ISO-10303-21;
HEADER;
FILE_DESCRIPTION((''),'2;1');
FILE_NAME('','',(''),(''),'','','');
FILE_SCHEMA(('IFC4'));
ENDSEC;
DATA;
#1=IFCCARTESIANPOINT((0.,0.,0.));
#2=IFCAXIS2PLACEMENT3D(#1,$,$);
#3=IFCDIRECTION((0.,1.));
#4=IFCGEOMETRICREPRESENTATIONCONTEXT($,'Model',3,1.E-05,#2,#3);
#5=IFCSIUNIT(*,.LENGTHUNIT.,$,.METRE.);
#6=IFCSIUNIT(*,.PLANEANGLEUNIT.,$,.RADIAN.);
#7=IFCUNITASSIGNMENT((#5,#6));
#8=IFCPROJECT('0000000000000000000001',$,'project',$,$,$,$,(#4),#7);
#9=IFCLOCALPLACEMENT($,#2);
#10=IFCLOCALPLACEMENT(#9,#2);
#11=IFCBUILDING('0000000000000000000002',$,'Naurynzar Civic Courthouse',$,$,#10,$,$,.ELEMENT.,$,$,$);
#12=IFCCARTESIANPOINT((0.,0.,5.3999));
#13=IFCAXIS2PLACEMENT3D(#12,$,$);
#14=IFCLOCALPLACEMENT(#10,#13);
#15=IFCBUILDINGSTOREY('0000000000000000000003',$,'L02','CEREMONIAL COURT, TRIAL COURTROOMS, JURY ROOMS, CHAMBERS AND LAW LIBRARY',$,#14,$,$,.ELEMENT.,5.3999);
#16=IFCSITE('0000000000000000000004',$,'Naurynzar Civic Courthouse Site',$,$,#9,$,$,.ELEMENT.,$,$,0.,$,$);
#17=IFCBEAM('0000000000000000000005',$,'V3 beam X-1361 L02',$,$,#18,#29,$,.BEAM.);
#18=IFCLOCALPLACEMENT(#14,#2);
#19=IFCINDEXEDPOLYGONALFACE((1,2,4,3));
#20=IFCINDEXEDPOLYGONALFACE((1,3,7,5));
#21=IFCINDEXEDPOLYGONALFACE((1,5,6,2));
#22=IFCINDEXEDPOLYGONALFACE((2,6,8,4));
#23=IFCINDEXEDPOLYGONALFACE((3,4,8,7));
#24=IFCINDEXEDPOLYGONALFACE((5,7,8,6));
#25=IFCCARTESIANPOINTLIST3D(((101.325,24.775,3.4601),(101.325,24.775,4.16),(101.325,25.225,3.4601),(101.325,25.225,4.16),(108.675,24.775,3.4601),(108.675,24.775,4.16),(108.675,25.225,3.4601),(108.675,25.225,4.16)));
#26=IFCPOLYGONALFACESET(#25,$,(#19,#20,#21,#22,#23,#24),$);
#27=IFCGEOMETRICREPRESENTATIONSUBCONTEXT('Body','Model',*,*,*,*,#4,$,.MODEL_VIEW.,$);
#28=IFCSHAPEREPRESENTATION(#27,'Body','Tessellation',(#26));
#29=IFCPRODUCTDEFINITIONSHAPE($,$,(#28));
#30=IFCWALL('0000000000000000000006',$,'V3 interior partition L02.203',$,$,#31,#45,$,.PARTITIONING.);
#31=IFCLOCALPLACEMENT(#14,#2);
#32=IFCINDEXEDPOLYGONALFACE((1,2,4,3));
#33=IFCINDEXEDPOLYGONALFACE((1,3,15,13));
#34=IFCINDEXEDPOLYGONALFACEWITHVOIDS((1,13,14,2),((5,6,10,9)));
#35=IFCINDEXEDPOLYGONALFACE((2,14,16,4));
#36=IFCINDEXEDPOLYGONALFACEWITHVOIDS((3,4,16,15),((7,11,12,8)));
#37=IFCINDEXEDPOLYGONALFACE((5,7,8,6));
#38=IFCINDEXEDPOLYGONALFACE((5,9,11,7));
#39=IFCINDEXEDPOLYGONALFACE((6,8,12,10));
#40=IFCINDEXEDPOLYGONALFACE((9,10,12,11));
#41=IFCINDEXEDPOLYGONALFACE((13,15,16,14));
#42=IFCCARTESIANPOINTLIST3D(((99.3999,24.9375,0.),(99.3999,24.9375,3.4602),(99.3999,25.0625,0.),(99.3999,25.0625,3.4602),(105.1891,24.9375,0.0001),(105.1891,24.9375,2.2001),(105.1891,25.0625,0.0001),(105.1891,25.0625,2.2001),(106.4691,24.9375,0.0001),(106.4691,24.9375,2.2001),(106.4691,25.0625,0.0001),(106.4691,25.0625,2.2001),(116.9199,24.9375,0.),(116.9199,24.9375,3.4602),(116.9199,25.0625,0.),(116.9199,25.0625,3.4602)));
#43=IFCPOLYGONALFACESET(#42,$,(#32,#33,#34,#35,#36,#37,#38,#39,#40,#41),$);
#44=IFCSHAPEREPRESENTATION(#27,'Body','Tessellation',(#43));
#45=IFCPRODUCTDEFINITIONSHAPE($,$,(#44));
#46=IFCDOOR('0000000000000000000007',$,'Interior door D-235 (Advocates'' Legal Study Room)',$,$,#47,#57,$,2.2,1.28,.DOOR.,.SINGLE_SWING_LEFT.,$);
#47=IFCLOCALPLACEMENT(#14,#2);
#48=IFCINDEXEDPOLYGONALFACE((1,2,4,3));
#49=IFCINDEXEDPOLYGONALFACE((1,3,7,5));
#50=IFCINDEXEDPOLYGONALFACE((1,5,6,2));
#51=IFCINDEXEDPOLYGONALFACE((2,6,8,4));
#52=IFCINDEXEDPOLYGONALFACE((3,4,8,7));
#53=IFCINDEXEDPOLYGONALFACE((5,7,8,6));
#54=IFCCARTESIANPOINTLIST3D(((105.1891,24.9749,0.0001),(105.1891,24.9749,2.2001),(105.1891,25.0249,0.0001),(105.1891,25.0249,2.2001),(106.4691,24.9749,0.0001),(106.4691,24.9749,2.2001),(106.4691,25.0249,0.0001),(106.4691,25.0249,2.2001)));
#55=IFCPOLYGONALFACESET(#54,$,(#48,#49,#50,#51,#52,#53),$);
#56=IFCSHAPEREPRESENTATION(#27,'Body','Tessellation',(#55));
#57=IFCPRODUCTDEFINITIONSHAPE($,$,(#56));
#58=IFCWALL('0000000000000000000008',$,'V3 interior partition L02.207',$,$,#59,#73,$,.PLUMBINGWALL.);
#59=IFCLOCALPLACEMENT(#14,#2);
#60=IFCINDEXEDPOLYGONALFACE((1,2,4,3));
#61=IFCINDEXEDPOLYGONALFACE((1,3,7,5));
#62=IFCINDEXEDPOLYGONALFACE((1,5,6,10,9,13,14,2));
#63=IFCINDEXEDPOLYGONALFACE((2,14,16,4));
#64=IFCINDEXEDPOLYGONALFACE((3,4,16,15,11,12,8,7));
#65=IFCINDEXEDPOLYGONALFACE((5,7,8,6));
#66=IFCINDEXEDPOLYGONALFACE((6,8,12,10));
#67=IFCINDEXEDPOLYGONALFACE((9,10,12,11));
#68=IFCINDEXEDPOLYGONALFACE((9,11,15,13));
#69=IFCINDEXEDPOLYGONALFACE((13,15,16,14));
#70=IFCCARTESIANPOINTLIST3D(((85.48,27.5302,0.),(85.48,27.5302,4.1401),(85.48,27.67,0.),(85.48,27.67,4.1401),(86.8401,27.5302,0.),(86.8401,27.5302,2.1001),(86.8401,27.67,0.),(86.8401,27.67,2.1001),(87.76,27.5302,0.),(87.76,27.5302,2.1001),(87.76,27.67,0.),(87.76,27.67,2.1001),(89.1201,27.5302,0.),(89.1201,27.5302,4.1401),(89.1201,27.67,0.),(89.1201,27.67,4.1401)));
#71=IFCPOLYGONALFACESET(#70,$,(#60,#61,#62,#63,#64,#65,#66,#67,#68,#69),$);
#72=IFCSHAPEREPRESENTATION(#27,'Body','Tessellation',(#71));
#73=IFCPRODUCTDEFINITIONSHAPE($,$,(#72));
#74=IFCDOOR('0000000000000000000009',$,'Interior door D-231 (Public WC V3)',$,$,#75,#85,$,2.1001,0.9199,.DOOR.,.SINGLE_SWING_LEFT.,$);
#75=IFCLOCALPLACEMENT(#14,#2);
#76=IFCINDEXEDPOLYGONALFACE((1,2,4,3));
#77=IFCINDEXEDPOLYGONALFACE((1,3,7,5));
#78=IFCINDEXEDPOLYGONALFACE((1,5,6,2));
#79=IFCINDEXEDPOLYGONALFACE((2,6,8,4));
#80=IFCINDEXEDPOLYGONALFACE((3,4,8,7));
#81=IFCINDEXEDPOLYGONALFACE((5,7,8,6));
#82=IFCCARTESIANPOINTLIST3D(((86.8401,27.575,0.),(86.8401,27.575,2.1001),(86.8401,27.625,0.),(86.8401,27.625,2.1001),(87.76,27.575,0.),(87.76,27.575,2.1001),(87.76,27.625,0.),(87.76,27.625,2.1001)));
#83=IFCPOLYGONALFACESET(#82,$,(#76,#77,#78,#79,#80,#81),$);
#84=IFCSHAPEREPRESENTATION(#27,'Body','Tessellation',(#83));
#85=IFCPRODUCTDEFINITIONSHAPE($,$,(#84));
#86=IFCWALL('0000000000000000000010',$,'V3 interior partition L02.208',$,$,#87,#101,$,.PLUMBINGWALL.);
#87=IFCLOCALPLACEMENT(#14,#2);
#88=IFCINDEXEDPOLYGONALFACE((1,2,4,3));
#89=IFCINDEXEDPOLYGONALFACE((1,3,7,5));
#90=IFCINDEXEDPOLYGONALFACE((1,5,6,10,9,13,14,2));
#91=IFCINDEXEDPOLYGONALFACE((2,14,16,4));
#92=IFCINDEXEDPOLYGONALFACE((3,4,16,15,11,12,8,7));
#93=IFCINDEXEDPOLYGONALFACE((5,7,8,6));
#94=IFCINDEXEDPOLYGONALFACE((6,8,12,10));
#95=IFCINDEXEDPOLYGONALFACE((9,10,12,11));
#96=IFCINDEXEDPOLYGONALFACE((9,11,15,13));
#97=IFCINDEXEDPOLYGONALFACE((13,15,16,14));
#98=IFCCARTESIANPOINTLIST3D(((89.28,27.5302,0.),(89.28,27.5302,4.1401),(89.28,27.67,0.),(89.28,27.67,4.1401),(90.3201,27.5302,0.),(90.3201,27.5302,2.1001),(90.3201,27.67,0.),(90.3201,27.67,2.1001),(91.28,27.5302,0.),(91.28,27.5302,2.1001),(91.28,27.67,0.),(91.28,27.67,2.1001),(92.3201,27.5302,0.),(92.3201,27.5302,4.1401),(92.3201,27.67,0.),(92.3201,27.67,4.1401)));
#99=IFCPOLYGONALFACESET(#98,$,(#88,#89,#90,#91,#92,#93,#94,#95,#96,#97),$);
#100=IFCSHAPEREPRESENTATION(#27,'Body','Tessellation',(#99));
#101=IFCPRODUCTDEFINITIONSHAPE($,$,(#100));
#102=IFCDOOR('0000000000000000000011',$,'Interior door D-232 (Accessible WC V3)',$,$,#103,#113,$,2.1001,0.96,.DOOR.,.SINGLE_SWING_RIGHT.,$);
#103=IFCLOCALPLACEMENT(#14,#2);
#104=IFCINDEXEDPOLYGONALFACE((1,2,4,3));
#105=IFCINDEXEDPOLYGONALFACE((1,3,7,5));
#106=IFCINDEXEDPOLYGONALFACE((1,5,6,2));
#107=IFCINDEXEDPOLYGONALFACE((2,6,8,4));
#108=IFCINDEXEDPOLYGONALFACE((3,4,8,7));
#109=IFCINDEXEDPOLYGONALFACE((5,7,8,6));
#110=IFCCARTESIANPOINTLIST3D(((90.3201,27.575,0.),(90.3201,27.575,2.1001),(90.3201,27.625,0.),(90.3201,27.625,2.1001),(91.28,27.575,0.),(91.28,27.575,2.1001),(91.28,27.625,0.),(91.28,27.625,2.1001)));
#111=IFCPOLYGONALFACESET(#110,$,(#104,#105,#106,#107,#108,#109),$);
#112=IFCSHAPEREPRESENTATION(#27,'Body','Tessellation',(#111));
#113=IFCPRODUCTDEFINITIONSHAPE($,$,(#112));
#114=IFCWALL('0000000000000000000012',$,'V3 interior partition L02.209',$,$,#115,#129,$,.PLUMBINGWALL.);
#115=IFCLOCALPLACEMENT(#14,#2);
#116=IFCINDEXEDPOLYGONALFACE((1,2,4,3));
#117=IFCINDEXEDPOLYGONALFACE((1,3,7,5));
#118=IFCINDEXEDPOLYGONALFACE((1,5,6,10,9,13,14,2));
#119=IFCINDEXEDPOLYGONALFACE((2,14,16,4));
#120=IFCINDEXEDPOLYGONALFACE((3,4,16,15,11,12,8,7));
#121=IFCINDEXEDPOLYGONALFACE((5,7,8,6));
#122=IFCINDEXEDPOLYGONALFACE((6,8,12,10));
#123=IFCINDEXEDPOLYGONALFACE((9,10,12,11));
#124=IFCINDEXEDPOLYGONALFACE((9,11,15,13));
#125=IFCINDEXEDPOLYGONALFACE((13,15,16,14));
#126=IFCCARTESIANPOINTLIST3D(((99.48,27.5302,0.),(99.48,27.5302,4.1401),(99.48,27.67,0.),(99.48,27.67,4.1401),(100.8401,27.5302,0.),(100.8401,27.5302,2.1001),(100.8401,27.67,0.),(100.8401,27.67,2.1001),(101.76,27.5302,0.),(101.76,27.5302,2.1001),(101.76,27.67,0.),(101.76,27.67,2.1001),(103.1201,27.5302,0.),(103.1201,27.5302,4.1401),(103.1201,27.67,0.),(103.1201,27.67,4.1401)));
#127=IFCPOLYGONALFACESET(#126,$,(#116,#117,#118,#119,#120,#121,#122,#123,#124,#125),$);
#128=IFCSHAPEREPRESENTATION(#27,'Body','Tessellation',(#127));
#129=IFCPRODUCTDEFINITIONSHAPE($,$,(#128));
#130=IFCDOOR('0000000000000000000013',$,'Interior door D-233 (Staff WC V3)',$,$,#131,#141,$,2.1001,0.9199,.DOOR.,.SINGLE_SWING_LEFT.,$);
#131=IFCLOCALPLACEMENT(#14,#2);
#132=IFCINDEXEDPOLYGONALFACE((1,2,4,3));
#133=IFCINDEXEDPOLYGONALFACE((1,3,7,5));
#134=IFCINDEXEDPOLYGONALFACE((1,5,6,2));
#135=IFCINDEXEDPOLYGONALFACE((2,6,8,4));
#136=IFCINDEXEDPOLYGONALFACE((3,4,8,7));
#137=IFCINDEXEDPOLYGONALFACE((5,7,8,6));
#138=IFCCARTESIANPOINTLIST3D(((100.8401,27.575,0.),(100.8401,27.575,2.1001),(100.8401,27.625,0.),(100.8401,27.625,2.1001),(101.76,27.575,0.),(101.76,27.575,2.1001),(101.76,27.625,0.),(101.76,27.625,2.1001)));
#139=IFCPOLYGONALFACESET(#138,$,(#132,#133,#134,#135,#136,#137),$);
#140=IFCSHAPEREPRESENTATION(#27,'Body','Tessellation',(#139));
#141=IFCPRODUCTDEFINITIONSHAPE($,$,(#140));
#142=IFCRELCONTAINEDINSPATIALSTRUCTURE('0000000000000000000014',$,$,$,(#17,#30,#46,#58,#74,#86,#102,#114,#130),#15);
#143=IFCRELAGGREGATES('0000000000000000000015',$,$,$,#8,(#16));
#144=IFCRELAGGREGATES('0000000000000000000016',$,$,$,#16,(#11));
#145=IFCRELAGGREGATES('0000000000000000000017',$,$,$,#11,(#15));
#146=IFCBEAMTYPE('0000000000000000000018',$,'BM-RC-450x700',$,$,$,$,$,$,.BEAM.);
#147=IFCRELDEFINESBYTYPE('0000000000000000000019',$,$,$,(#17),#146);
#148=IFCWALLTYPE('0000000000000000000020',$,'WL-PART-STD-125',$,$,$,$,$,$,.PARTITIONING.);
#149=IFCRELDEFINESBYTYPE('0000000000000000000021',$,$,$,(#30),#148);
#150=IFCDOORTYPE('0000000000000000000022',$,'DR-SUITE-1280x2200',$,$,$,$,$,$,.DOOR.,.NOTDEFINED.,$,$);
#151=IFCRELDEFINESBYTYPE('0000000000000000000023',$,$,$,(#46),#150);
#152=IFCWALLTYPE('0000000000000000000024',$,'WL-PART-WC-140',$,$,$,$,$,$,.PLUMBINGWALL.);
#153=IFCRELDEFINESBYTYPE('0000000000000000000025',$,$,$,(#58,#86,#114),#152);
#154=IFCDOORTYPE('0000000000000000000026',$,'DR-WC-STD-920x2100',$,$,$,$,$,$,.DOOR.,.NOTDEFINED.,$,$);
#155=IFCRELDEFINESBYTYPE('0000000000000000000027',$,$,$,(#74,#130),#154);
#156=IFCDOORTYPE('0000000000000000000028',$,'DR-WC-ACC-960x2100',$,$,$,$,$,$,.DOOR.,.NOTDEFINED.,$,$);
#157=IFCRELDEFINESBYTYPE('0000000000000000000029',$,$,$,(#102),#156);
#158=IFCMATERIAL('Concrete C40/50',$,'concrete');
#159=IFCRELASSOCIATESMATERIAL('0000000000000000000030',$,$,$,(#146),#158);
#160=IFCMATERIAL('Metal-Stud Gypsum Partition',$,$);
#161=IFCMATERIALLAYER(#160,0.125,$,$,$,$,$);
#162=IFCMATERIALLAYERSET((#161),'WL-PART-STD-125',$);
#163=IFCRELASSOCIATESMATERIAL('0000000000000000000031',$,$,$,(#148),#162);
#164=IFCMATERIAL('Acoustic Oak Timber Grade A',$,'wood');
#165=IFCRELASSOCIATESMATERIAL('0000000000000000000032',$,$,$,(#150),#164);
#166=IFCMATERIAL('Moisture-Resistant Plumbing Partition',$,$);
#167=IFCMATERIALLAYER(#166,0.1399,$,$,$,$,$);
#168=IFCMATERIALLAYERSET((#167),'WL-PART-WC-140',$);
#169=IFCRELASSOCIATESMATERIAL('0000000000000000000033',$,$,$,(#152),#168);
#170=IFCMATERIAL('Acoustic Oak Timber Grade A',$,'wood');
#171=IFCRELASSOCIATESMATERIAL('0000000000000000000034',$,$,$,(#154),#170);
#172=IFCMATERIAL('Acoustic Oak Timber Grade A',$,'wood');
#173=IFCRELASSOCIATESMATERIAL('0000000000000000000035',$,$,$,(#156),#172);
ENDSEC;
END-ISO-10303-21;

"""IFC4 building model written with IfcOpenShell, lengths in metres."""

from ifc_helpers import new_model, si_unit, direction, frame, frame_2d, origin, origin_2d, place, context, subcontext, project, spatial, rectangle, extrude, material, layer, layer_set, material_profile, profile_set, type_object, element, fill, save


model = new_model("IFC4")

# Units and contexts
model_context = context("Model", 3, precision=1e-05, world=origin(), true_north=direction((0.0, 1.0)))
body_context = subcontext(model_context, "Body", "Model", "MODEL_VIEW")
ifc_project = project(units=[si_unit("LENGTHUNIT", "METRE"), si_unit("PLANEANGLEUNIT", "RADIAN")], contexts=[model_context])

# Site, building, storey
site_placement = place(None, origin())
site = spatial("IfcSite", under=ifc_project, at=site_placement, Name="Naurynzar Civic Courthouse Site", CompositionType="ELEMENT", RefElevation=0.0)
building_placement = place(site_placement, origin())
building = spatial("IfcBuilding", under=site, at=building_placement, Name="Naurynzar Civic Courthouse", CompositionType="ELEMENT")
storey_placement = place(building_placement, frame((0.0, 0.0, 5.3999)))
storey = spatial("IfcBuildingStorey", under=building, at=storey_placement, Name="L02", Description="CEREMONIAL COURT, TRIAL COURTROOMS, JURY ROOMS, CHAMBERS AND LAW LIBRARY", CompositionType="ELEMENT", Elevation=5.3999)

# Beam
ifc_material_1 = material(Name="Concrete C40/50", Category="concrete")
ifc_material_profile_1 = material_profile(ifc_material_1, rectangle(XDim=0.45, YDim=0.7, at=origin_2d()), Name="RCB 450x700")
ifc_profile_set_1 = profile_set([ifc_material_profile_1], Name="Concrete C40/50")
beam_type_1 = type_object("IfcBeamType", Name="BM-RC-450x700", PredefinedType="BEAM", material=ifc_profile_set_1)
for number, where, z_axis, x_axis, name in (
    (1, (101.325, 25.0, 3.8101), (1.0, 0.0, 0.0), (0.0, 1.0, 0.0), "V3 beam X-1361 L02"),
):
    element("IfcBeam", number, at=place(storey_placement, frame(where, z_axis=z_axis, x_axis=x_axis)), inside=storey, type_object=beam_type_1, Name=name, PredefinedType="BEAM", context=body_context, shape_type="SweptSolid", body=[
        extrude(rectangle(XDim=0.45, YDim=0.7, at=origin_2d()), origin(), (0.0, 0.0, 1.0), 7.3501),
    ])

# Walls, openings, doors
ifc_material_2 = material(Name="Metal-Stud Gypsum Partition")
ifc_layer_1 = layer(ifc_material_2, 0.125)
ifc_layer_set_1 = layer_set([ifc_layer_1], Name="WL-PART-STD-125")
wall_type_1 = type_object("IfcWallType", Name="WL-PART-STD-125", PredefinedType="PARTITIONING", material=ifc_layer_set_1)
wall_1_placement = place(storey_placement, frame((99.3999, 25.0, 0.0), z_axis=(0.0, 0.0, 1.0), x_axis=(1.0, 0.0, 0.0)))
wall_1 = element("IfcWall", 2, at=wall_1_placement, inside=storey, type_object=wall_type_1, Name="V3 interior partition L02.203", PredefinedType="PARTITIONING", context=body_context, shape_type="SweptSolid", body=[
    extrude(rectangle(XDim=17.52, YDim=0.125, at=frame_2d((8.76, 0.0))), origin(), (0.0, 0.0, 1.0), 3.4602),
])
opening_1_placement = place(wall_1_placement, frame((5.7891, 0.0, 0.0)))
opening_1 = element("IfcOpeningElement", 3, at=opening_1_placement, cuts=wall_1, PredefinedType="OPENING", context=body_context, shape_type="SweptSolid", body=[
    extrude(rectangle(XDim=1.28, YDim=2.2, at=frame_2d((0.6401, 1.1001))), frame((0.0, 0.0725, 0.0), z_axis=(0.0, -1.0, 0.0), x_axis=(1.0, 0.0, 0.0)), (0.0, 0.0, 1.0), 0.145),
])
ifc_material_3 = material(Name="Acoustic Oak Timber Grade A", Category="wood")
door_type_1 = type_object("IfcDoorType", Name="DR-SUITE-1280x2200", OperationType="NOTDEFINED", PredefinedType="DOOR", material=ifc_material_3)
door_1_placement = place(opening_1_placement, origin())
door_1 = element("IfcDoor", 4, at=door_1_placement, inside=storey, type_object=door_type_1, Name="Interior door D-235 (Advocates' Legal Study Room)", OperationType="SINGLE_SWING_LEFT", OverallHeight=2.2, OverallWidth=1.28, PredefinedType="DOOR", context=body_context, shape_type="SweptSolid", body=[
    extrude(rectangle(XDim=1.28, YDim=2.2, at=frame_2d((0.6401, 1.1001))), frame((0.0, 0.0249, 0.0), z_axis=(0.0, -1.0, 0.0), x_axis=(1.0, 0.0, 0.0)), (0.0, 0.0, 1.0), 0.05),
])
fill(opening_1, door_1)
ifc_material_4 = material(Name="Moisture-Resistant Plumbing Partition")
ifc_layer_2 = layer(ifc_material_4, 0.1399)
ifc_layer_set_2 = layer_set([ifc_layer_2], Name="WL-PART-WC-140")
wall_type_2 = type_object("IfcWallType", Name="WL-PART-WC-140", PredefinedType="PLUMBINGWALL", material=ifc_layer_set_2)
wall_2_placement = place(storey_placement, frame((85.48, 27.6001, 0.0), z_axis=(0.0, 0.0, 1.0), x_axis=(1.0, 0.0, 0.0)))
wall_2 = element("IfcWall", 5, at=wall_2_placement, inside=storey, type_object=wall_type_2, Name="V3 interior partition L02.207", PredefinedType="PLUMBINGWALL", context=body_context, shape_type="SweptSolid", body=[
    extrude(rectangle(XDim=3.6401, YDim=0.1399, at=frame_2d((1.8201, 0.0))), origin(), (0.0, 0.0, 1.0), 4.1401),
])
opening_2_placement = place(wall_2_placement, frame((1.3601, 0.0, 0.0)))
opening_2 = element("IfcOpeningElement", 6, at=opening_2_placement, cuts=wall_2, PredefinedType="OPENING", context=body_context, shape_type="SweptSolid", body=[
    extrude(rectangle(XDim=0.9199, YDim=2.1001, at=frame_2d((0.46, 1.05))), frame((0.0, 0.0798, 0.0), z_axis=(0.0, -1.0, 0.0), x_axis=(1.0, 0.0, 0.0)), (0.0, 0.0, 1.0), 0.1599),
])
ifc_material_5 = material(Name="Acoustic Oak Timber Grade A", Category="wood")
door_type_2 = type_object("IfcDoorType", Name="DR-WC-STD-920x2100", OperationType="NOTDEFINED", PredefinedType="DOOR", material=ifc_material_5)
door_2_placement = place(opening_2_placement, origin())
door_2 = element("IfcDoor", 7, at=door_2_placement, inside=storey, type_object=door_type_2, Name="Interior door D-231 (Public WC V3)", OperationType="SINGLE_SWING_LEFT", OverallHeight=2.1001, OverallWidth=0.9199, PredefinedType="DOOR", context=body_context, shape_type="SweptSolid", body=[
    extrude(rectangle(XDim=0.9199, YDim=2.1001, at=frame_2d((0.46, 1.05))), frame((0.0, 0.0249, 0.0), z_axis=(0.0, -1.0, 0.0), x_axis=(1.0, 0.0, 0.0)), (0.0, 0.0, 1.0), 0.05),
])
fill(opening_2, door_2)
wall_3_placement = place(storey_placement, frame((89.28, 27.6001, 0.0), z_axis=(0.0, 0.0, 1.0), x_axis=(1.0, 0.0, 0.0)))
wall_3 = element("IfcWall", 8, at=wall_3_placement, inside=storey, type_object=wall_type_2, Name="V3 interior partition L02.208", PredefinedType="PLUMBINGWALL", context=body_context, shape_type="SweptSolid", body=[
    extrude(rectangle(XDim=3.04, YDim=0.1399, at=frame_2d((1.52, 0.0))), origin(), (0.0, 0.0, 1.0), 4.1401),
])
opening_3_placement = place(wall_3_placement, frame((1.04, 0.0, 0.0)))
opening_3 = element("IfcOpeningElement", 9, at=opening_3_placement, cuts=wall_3, PredefinedType="OPENING", context=body_context, shape_type="SweptSolid", body=[
    extrude(rectangle(XDim=0.96, YDim=2.1001, at=frame_2d((0.48, 1.05))), frame((0.0, 0.0798, 0.0), z_axis=(0.0, -1.0, 0.0), x_axis=(1.0, 0.0, 0.0)), (0.0, 0.0, 1.0), 0.1599),
])
ifc_material_6 = material(Name="Acoustic Oak Timber Grade A", Category="wood")
door_type_3 = type_object("IfcDoorType", Name="DR-WC-ACC-960x2100", OperationType="NOTDEFINED", PredefinedType="DOOR", material=ifc_material_6)
door_3_placement = place(opening_3_placement, origin())
door_3 = element("IfcDoor", 10, at=door_3_placement, inside=storey, type_object=door_type_3, Name="Interior door D-232 (Accessible WC V3)", OperationType="SINGLE_SWING_RIGHT", OverallHeight=2.1001, OverallWidth=0.96, PredefinedType="DOOR", context=body_context, shape_type="SweptSolid", body=[
    extrude(rectangle(XDim=0.96, YDim=2.1001, at=frame_2d((0.48, 1.05))), frame((0.0, 0.0249, 0.0), z_axis=(0.0, -1.0, 0.0), x_axis=(1.0, 0.0, 0.0)), (0.0, 0.0, 1.0), 0.05),
])
fill(opening_3, door_3)
wall_4_placement = place(storey_placement, frame((99.48, 27.6001, 0.0), z_axis=(0.0, 0.0, 1.0), x_axis=(1.0, 0.0, 0.0)))
wall_4 = element("IfcWall", 11, at=wall_4_placement, inside=storey, type_object=wall_type_2, Name="V3 interior partition L02.209", PredefinedType="PLUMBINGWALL", context=body_context, shape_type="SweptSolid", body=[
    extrude(rectangle(XDim=3.6401, YDim=0.1399, at=frame_2d((1.8201, 0.0))), origin(), (0.0, 0.0, 1.0), 4.1401),
])
opening_4_placement = place(wall_4_placement, frame((1.3601, 0.0, 0.0)))
opening_4 = element("IfcOpeningElement", 12, at=opening_4_placement, cuts=wall_4, PredefinedType="OPENING", context=body_context, shape_type="SweptSolid", body=[
    extrude(rectangle(XDim=0.9199, YDim=2.1001, at=frame_2d((0.46, 1.05))), frame((0.0, 0.0798, 0.0), z_axis=(0.0, -1.0, 0.0), x_axis=(1.0, 0.0, 0.0)), (0.0, 0.0, 1.0), 0.1599),
])
door_4_placement = place(opening_4_placement, origin())
door_4 = element("IfcDoor", 13, at=door_4_placement, inside=storey, type_object=door_type_2, Name="Interior door D-233 (Staff WC V3)", OperationType="SINGLE_SWING_LEFT", OverallHeight=2.1001, OverallWidth=0.9199, PredefinedType="DOOR", context=body_context, shape_type="SweptSolid", body=[
    extrude(rectangle(XDim=0.9199, YDim=2.1001, at=frame_2d((0.46, 1.05))), frame((0.0, 0.0249, 0.0), z_axis=(0.0, -1.0, 0.0), x_axis=(1.0, 0.0, 0.0)), (0.0, 0.0, 1.0), 0.05),
])
fill(opening_4, door_4)

save(model, "model.ifc")
